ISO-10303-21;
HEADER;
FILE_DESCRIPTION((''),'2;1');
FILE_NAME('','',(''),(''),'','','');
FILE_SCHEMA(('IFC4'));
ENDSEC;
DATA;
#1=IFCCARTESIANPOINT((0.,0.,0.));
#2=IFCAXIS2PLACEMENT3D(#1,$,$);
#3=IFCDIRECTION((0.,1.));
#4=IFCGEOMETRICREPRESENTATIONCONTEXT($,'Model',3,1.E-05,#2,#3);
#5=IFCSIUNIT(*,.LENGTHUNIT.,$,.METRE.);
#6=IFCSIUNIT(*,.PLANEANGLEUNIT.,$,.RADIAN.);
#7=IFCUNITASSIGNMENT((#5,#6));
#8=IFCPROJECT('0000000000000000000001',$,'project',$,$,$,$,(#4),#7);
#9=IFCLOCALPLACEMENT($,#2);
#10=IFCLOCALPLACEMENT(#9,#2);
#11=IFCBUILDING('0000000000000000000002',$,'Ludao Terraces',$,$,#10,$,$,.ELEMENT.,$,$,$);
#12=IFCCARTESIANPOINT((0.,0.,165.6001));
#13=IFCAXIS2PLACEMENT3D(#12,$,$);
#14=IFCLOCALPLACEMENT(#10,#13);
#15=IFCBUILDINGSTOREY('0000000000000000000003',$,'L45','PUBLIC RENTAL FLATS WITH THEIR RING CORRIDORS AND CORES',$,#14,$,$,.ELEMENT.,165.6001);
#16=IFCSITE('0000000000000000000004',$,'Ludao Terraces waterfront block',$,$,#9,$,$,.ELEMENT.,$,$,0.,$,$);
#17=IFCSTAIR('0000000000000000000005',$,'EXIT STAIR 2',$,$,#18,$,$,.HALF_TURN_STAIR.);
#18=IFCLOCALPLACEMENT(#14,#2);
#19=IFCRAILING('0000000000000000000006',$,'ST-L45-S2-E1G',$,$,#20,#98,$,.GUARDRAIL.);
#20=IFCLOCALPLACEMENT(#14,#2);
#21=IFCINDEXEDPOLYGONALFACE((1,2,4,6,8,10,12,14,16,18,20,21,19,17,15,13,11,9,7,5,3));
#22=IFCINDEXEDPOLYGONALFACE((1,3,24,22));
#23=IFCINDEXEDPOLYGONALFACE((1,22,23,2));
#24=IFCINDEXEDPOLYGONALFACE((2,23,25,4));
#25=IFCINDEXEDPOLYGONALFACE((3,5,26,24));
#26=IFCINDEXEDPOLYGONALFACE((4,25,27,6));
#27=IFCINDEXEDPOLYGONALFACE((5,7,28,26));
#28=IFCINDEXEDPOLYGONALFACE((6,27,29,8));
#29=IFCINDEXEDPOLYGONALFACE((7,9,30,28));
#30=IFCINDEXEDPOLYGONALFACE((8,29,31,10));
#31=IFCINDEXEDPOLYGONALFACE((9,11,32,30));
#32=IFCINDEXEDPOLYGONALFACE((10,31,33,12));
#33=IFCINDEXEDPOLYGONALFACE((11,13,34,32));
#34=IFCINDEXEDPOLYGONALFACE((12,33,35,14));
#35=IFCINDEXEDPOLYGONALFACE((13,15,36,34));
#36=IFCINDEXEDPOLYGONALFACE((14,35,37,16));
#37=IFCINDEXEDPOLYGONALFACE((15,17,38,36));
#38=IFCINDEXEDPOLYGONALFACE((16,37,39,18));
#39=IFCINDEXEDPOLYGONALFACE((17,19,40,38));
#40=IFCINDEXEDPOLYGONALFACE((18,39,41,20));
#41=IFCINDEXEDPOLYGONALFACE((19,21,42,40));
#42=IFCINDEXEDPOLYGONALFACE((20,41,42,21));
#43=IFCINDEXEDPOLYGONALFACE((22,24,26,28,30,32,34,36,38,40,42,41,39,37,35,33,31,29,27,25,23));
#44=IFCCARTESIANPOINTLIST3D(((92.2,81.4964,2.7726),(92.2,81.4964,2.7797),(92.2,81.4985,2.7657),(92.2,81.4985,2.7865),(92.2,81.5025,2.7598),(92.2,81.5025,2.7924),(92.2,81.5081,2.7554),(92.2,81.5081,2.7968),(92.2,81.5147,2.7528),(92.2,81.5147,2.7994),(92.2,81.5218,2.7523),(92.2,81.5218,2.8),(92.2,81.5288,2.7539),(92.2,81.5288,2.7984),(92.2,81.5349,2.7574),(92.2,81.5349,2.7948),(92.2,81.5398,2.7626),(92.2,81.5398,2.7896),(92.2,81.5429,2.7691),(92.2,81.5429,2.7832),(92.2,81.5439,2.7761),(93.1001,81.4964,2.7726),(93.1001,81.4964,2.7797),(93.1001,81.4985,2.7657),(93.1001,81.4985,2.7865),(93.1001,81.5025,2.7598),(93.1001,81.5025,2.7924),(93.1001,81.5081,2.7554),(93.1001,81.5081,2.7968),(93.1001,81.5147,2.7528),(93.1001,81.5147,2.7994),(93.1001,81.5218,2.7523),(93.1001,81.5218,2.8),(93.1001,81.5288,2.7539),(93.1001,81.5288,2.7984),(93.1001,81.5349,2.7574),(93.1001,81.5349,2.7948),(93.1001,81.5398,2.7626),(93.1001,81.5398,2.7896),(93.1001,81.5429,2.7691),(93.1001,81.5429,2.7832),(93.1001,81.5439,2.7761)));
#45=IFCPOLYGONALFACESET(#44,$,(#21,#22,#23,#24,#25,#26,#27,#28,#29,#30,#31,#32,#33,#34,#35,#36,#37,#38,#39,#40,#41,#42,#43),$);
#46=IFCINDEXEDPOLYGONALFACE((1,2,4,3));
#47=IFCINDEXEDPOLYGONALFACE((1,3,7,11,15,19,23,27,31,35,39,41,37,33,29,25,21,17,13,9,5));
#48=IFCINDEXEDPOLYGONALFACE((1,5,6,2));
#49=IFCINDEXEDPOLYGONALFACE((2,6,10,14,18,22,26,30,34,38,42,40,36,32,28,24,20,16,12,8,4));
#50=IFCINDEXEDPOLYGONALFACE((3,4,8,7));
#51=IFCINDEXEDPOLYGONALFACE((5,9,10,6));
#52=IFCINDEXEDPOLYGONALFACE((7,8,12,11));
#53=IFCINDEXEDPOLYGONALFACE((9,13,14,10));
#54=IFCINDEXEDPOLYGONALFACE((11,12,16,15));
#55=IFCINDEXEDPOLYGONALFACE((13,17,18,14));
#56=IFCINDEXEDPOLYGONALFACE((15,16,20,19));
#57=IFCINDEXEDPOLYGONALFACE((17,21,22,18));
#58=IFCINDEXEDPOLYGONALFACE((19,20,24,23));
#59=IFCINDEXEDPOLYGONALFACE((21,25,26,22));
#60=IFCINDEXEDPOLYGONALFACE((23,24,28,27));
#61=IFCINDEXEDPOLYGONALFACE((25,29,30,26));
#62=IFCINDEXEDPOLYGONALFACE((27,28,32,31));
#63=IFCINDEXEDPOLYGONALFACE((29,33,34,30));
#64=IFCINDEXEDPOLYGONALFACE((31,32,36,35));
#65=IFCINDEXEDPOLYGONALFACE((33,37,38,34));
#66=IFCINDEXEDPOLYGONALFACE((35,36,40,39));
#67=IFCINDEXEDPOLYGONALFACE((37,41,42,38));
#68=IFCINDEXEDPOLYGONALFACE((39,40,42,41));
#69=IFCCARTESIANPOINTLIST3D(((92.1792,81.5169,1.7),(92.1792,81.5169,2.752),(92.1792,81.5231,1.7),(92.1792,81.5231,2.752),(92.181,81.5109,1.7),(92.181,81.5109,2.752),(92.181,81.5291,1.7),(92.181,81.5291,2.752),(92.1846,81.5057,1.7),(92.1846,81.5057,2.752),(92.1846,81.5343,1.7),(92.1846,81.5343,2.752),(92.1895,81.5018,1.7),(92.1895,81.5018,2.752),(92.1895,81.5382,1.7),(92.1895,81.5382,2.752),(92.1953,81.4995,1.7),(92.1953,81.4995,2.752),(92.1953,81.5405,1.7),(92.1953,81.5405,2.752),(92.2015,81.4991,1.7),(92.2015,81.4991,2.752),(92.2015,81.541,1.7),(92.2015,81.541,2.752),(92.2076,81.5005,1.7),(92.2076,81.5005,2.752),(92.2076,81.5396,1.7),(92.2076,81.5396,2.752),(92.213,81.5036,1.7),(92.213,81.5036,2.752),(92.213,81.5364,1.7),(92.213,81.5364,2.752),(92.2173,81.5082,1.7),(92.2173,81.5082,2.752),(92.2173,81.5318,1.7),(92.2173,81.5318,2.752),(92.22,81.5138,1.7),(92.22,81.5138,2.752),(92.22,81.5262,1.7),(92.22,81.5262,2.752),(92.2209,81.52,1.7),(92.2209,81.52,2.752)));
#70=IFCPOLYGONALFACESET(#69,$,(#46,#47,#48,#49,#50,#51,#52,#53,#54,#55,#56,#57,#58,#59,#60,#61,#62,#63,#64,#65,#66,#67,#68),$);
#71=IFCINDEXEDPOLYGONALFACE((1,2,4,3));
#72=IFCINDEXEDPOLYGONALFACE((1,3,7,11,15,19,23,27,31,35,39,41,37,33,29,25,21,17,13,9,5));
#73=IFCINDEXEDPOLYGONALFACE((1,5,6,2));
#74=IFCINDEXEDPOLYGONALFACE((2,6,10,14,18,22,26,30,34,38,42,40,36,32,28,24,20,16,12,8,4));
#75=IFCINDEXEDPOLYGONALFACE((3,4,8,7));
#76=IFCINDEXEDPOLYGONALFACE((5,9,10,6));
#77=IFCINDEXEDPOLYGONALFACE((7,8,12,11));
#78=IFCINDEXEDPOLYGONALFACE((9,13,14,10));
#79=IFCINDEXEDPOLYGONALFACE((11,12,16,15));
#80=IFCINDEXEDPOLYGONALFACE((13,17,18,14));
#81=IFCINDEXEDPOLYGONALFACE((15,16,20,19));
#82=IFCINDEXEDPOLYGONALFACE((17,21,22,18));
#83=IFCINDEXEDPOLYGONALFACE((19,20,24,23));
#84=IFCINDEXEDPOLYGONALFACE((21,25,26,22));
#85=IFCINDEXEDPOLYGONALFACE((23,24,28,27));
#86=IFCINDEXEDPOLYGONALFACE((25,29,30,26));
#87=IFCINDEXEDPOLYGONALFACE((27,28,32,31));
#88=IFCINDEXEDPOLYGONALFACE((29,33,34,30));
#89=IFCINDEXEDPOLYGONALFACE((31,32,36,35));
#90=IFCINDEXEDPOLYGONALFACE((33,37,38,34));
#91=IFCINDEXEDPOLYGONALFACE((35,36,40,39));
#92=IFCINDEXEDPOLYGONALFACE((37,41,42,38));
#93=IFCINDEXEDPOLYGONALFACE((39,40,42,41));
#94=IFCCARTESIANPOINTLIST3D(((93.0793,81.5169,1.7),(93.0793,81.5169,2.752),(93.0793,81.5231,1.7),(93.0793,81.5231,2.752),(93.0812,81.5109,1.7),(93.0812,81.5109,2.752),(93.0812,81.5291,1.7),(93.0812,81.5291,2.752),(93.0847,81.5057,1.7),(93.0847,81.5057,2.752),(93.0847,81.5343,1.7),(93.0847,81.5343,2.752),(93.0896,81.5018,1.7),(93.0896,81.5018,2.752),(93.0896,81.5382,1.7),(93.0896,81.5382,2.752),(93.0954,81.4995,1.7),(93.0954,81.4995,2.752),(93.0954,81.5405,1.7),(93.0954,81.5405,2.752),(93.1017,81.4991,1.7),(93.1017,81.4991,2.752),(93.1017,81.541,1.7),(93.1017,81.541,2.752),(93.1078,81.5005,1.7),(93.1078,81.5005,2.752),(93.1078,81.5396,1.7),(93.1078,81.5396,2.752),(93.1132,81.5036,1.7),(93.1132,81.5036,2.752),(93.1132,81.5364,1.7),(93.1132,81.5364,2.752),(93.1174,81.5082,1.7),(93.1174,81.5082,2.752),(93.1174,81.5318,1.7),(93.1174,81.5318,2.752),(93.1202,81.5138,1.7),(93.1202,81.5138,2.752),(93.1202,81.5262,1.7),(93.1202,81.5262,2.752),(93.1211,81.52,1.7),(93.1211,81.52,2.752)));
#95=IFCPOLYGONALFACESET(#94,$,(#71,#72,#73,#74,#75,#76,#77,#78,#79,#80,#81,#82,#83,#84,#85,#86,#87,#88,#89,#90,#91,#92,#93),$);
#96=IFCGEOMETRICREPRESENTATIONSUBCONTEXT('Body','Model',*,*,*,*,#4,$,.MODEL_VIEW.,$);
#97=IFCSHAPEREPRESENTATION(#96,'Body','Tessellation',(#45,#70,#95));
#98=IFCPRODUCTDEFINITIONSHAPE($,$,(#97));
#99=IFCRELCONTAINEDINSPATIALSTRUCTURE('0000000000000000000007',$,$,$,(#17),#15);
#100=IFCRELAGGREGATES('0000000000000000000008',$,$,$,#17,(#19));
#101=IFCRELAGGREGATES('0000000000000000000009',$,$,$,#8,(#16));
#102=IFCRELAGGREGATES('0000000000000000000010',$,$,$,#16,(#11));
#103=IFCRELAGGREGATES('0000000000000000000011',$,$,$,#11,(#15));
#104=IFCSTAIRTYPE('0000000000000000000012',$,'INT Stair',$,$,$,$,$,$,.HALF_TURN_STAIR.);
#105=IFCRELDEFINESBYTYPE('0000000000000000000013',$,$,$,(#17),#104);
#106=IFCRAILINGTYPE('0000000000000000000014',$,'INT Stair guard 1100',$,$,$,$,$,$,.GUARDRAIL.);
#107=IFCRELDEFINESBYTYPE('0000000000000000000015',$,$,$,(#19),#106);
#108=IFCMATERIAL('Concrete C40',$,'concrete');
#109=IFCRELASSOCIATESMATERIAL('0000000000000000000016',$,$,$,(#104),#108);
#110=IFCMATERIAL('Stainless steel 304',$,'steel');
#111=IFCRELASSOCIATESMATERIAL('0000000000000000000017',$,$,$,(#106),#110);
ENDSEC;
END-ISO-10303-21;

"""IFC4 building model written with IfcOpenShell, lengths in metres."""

from ifc_helpers import new_model, si_unit, direction, frame, origin, origin_2d, place, context, subcontext, project, spatial, circle, extrude, material, type_object, element, aggregate, save


model = new_model("IFC4")

# Units and contexts
model_context = context("Model", 3, precision=1e-05, world=origin(), true_north=direction((0.0, 1.0)))
body_context = subcontext(model_context, "Body", "Model", "MODEL_VIEW")
ifc_project = project(units=[si_unit("LENGTHUNIT", "METRE"), si_unit("PLANEANGLEUNIT", "RADIAN")], contexts=[model_context])

# Site, building, storey
site_placement = place(None, origin())
site = spatial("IfcSite", under=ifc_project, at=site_placement, Name="Ludao Terraces waterfront block", CompositionType="ELEMENT", RefElevation=0.0)
building_placement = place(site_placement, origin())
building = spatial("IfcBuilding", under=site, at=building_placement, Name="Ludao Terraces", CompositionType="ELEMENT")
storey_placement = place(building_placement, frame((0.0, 0.0, 165.6001)))
storey = spatial("IfcBuildingStorey", under=building, at=storey_placement, Name="L45", Description="PUBLIC RENTAL FLATS WITH THEIR RING CORRIDORS AND CORES", CompositionType="ELEMENT", Elevation=165.6001)

# Shared definitions
ifc_material_1 = material(Name="Stainless steel 304", Category="steel")

# Stair, railing
ifc_material_2 = material(Name="Concrete C40", Category="concrete")
stair_type = type_object("IfcStairType", Name="INT Stair", PredefinedType="HALF_TURN_STAIR", material=ifc_material_2)
stair_placement = place(storey_placement, origin())
stair = element("IfcStair", 1, at=stair_placement, inside=storey, type_object=stair_type, Name="EXIT STAIR 2", PredefinedType="HALF_TURN_STAIR")
railing_type = type_object("IfcRailingType", Name="INT Stair guard 1100", PredefinedType="GUARDRAIL", material=ifc_material_1)
railing_1_placement = place(storey_placement, frame((92.2, 81.52, 1.7)))
railing_1 = element("IfcRailing", 2, at=railing_1_placement, type_object=railing_type, Name="ST-L45-S2-E1G", PredefinedType="GUARDRAIL", context=body_context, shape_type="SweptSolid", body=[
    extrude(circle(Radius=0.0239, at=origin_2d()), frame((0.0, 0.0, 1.0762), z_axis=(1.0, 0.0, 0.0), x_axis=(0.0, 1.0, 0.0)), (0.0, 0.0, 1.0), 0.9001),
    extrude(circle(Radius=0.021, at=origin_2d()), origin(), (0.0, 0.0, 1.0), 1.052),
    extrude(circle(Radius=0.021, at=origin_2d()), frame((0.9001, 0.0, 0.0)), (0.0, 0.0, 1.0), 1.052),
])
aggregate(stair, [railing_1])

save(model, "model.ifc")
